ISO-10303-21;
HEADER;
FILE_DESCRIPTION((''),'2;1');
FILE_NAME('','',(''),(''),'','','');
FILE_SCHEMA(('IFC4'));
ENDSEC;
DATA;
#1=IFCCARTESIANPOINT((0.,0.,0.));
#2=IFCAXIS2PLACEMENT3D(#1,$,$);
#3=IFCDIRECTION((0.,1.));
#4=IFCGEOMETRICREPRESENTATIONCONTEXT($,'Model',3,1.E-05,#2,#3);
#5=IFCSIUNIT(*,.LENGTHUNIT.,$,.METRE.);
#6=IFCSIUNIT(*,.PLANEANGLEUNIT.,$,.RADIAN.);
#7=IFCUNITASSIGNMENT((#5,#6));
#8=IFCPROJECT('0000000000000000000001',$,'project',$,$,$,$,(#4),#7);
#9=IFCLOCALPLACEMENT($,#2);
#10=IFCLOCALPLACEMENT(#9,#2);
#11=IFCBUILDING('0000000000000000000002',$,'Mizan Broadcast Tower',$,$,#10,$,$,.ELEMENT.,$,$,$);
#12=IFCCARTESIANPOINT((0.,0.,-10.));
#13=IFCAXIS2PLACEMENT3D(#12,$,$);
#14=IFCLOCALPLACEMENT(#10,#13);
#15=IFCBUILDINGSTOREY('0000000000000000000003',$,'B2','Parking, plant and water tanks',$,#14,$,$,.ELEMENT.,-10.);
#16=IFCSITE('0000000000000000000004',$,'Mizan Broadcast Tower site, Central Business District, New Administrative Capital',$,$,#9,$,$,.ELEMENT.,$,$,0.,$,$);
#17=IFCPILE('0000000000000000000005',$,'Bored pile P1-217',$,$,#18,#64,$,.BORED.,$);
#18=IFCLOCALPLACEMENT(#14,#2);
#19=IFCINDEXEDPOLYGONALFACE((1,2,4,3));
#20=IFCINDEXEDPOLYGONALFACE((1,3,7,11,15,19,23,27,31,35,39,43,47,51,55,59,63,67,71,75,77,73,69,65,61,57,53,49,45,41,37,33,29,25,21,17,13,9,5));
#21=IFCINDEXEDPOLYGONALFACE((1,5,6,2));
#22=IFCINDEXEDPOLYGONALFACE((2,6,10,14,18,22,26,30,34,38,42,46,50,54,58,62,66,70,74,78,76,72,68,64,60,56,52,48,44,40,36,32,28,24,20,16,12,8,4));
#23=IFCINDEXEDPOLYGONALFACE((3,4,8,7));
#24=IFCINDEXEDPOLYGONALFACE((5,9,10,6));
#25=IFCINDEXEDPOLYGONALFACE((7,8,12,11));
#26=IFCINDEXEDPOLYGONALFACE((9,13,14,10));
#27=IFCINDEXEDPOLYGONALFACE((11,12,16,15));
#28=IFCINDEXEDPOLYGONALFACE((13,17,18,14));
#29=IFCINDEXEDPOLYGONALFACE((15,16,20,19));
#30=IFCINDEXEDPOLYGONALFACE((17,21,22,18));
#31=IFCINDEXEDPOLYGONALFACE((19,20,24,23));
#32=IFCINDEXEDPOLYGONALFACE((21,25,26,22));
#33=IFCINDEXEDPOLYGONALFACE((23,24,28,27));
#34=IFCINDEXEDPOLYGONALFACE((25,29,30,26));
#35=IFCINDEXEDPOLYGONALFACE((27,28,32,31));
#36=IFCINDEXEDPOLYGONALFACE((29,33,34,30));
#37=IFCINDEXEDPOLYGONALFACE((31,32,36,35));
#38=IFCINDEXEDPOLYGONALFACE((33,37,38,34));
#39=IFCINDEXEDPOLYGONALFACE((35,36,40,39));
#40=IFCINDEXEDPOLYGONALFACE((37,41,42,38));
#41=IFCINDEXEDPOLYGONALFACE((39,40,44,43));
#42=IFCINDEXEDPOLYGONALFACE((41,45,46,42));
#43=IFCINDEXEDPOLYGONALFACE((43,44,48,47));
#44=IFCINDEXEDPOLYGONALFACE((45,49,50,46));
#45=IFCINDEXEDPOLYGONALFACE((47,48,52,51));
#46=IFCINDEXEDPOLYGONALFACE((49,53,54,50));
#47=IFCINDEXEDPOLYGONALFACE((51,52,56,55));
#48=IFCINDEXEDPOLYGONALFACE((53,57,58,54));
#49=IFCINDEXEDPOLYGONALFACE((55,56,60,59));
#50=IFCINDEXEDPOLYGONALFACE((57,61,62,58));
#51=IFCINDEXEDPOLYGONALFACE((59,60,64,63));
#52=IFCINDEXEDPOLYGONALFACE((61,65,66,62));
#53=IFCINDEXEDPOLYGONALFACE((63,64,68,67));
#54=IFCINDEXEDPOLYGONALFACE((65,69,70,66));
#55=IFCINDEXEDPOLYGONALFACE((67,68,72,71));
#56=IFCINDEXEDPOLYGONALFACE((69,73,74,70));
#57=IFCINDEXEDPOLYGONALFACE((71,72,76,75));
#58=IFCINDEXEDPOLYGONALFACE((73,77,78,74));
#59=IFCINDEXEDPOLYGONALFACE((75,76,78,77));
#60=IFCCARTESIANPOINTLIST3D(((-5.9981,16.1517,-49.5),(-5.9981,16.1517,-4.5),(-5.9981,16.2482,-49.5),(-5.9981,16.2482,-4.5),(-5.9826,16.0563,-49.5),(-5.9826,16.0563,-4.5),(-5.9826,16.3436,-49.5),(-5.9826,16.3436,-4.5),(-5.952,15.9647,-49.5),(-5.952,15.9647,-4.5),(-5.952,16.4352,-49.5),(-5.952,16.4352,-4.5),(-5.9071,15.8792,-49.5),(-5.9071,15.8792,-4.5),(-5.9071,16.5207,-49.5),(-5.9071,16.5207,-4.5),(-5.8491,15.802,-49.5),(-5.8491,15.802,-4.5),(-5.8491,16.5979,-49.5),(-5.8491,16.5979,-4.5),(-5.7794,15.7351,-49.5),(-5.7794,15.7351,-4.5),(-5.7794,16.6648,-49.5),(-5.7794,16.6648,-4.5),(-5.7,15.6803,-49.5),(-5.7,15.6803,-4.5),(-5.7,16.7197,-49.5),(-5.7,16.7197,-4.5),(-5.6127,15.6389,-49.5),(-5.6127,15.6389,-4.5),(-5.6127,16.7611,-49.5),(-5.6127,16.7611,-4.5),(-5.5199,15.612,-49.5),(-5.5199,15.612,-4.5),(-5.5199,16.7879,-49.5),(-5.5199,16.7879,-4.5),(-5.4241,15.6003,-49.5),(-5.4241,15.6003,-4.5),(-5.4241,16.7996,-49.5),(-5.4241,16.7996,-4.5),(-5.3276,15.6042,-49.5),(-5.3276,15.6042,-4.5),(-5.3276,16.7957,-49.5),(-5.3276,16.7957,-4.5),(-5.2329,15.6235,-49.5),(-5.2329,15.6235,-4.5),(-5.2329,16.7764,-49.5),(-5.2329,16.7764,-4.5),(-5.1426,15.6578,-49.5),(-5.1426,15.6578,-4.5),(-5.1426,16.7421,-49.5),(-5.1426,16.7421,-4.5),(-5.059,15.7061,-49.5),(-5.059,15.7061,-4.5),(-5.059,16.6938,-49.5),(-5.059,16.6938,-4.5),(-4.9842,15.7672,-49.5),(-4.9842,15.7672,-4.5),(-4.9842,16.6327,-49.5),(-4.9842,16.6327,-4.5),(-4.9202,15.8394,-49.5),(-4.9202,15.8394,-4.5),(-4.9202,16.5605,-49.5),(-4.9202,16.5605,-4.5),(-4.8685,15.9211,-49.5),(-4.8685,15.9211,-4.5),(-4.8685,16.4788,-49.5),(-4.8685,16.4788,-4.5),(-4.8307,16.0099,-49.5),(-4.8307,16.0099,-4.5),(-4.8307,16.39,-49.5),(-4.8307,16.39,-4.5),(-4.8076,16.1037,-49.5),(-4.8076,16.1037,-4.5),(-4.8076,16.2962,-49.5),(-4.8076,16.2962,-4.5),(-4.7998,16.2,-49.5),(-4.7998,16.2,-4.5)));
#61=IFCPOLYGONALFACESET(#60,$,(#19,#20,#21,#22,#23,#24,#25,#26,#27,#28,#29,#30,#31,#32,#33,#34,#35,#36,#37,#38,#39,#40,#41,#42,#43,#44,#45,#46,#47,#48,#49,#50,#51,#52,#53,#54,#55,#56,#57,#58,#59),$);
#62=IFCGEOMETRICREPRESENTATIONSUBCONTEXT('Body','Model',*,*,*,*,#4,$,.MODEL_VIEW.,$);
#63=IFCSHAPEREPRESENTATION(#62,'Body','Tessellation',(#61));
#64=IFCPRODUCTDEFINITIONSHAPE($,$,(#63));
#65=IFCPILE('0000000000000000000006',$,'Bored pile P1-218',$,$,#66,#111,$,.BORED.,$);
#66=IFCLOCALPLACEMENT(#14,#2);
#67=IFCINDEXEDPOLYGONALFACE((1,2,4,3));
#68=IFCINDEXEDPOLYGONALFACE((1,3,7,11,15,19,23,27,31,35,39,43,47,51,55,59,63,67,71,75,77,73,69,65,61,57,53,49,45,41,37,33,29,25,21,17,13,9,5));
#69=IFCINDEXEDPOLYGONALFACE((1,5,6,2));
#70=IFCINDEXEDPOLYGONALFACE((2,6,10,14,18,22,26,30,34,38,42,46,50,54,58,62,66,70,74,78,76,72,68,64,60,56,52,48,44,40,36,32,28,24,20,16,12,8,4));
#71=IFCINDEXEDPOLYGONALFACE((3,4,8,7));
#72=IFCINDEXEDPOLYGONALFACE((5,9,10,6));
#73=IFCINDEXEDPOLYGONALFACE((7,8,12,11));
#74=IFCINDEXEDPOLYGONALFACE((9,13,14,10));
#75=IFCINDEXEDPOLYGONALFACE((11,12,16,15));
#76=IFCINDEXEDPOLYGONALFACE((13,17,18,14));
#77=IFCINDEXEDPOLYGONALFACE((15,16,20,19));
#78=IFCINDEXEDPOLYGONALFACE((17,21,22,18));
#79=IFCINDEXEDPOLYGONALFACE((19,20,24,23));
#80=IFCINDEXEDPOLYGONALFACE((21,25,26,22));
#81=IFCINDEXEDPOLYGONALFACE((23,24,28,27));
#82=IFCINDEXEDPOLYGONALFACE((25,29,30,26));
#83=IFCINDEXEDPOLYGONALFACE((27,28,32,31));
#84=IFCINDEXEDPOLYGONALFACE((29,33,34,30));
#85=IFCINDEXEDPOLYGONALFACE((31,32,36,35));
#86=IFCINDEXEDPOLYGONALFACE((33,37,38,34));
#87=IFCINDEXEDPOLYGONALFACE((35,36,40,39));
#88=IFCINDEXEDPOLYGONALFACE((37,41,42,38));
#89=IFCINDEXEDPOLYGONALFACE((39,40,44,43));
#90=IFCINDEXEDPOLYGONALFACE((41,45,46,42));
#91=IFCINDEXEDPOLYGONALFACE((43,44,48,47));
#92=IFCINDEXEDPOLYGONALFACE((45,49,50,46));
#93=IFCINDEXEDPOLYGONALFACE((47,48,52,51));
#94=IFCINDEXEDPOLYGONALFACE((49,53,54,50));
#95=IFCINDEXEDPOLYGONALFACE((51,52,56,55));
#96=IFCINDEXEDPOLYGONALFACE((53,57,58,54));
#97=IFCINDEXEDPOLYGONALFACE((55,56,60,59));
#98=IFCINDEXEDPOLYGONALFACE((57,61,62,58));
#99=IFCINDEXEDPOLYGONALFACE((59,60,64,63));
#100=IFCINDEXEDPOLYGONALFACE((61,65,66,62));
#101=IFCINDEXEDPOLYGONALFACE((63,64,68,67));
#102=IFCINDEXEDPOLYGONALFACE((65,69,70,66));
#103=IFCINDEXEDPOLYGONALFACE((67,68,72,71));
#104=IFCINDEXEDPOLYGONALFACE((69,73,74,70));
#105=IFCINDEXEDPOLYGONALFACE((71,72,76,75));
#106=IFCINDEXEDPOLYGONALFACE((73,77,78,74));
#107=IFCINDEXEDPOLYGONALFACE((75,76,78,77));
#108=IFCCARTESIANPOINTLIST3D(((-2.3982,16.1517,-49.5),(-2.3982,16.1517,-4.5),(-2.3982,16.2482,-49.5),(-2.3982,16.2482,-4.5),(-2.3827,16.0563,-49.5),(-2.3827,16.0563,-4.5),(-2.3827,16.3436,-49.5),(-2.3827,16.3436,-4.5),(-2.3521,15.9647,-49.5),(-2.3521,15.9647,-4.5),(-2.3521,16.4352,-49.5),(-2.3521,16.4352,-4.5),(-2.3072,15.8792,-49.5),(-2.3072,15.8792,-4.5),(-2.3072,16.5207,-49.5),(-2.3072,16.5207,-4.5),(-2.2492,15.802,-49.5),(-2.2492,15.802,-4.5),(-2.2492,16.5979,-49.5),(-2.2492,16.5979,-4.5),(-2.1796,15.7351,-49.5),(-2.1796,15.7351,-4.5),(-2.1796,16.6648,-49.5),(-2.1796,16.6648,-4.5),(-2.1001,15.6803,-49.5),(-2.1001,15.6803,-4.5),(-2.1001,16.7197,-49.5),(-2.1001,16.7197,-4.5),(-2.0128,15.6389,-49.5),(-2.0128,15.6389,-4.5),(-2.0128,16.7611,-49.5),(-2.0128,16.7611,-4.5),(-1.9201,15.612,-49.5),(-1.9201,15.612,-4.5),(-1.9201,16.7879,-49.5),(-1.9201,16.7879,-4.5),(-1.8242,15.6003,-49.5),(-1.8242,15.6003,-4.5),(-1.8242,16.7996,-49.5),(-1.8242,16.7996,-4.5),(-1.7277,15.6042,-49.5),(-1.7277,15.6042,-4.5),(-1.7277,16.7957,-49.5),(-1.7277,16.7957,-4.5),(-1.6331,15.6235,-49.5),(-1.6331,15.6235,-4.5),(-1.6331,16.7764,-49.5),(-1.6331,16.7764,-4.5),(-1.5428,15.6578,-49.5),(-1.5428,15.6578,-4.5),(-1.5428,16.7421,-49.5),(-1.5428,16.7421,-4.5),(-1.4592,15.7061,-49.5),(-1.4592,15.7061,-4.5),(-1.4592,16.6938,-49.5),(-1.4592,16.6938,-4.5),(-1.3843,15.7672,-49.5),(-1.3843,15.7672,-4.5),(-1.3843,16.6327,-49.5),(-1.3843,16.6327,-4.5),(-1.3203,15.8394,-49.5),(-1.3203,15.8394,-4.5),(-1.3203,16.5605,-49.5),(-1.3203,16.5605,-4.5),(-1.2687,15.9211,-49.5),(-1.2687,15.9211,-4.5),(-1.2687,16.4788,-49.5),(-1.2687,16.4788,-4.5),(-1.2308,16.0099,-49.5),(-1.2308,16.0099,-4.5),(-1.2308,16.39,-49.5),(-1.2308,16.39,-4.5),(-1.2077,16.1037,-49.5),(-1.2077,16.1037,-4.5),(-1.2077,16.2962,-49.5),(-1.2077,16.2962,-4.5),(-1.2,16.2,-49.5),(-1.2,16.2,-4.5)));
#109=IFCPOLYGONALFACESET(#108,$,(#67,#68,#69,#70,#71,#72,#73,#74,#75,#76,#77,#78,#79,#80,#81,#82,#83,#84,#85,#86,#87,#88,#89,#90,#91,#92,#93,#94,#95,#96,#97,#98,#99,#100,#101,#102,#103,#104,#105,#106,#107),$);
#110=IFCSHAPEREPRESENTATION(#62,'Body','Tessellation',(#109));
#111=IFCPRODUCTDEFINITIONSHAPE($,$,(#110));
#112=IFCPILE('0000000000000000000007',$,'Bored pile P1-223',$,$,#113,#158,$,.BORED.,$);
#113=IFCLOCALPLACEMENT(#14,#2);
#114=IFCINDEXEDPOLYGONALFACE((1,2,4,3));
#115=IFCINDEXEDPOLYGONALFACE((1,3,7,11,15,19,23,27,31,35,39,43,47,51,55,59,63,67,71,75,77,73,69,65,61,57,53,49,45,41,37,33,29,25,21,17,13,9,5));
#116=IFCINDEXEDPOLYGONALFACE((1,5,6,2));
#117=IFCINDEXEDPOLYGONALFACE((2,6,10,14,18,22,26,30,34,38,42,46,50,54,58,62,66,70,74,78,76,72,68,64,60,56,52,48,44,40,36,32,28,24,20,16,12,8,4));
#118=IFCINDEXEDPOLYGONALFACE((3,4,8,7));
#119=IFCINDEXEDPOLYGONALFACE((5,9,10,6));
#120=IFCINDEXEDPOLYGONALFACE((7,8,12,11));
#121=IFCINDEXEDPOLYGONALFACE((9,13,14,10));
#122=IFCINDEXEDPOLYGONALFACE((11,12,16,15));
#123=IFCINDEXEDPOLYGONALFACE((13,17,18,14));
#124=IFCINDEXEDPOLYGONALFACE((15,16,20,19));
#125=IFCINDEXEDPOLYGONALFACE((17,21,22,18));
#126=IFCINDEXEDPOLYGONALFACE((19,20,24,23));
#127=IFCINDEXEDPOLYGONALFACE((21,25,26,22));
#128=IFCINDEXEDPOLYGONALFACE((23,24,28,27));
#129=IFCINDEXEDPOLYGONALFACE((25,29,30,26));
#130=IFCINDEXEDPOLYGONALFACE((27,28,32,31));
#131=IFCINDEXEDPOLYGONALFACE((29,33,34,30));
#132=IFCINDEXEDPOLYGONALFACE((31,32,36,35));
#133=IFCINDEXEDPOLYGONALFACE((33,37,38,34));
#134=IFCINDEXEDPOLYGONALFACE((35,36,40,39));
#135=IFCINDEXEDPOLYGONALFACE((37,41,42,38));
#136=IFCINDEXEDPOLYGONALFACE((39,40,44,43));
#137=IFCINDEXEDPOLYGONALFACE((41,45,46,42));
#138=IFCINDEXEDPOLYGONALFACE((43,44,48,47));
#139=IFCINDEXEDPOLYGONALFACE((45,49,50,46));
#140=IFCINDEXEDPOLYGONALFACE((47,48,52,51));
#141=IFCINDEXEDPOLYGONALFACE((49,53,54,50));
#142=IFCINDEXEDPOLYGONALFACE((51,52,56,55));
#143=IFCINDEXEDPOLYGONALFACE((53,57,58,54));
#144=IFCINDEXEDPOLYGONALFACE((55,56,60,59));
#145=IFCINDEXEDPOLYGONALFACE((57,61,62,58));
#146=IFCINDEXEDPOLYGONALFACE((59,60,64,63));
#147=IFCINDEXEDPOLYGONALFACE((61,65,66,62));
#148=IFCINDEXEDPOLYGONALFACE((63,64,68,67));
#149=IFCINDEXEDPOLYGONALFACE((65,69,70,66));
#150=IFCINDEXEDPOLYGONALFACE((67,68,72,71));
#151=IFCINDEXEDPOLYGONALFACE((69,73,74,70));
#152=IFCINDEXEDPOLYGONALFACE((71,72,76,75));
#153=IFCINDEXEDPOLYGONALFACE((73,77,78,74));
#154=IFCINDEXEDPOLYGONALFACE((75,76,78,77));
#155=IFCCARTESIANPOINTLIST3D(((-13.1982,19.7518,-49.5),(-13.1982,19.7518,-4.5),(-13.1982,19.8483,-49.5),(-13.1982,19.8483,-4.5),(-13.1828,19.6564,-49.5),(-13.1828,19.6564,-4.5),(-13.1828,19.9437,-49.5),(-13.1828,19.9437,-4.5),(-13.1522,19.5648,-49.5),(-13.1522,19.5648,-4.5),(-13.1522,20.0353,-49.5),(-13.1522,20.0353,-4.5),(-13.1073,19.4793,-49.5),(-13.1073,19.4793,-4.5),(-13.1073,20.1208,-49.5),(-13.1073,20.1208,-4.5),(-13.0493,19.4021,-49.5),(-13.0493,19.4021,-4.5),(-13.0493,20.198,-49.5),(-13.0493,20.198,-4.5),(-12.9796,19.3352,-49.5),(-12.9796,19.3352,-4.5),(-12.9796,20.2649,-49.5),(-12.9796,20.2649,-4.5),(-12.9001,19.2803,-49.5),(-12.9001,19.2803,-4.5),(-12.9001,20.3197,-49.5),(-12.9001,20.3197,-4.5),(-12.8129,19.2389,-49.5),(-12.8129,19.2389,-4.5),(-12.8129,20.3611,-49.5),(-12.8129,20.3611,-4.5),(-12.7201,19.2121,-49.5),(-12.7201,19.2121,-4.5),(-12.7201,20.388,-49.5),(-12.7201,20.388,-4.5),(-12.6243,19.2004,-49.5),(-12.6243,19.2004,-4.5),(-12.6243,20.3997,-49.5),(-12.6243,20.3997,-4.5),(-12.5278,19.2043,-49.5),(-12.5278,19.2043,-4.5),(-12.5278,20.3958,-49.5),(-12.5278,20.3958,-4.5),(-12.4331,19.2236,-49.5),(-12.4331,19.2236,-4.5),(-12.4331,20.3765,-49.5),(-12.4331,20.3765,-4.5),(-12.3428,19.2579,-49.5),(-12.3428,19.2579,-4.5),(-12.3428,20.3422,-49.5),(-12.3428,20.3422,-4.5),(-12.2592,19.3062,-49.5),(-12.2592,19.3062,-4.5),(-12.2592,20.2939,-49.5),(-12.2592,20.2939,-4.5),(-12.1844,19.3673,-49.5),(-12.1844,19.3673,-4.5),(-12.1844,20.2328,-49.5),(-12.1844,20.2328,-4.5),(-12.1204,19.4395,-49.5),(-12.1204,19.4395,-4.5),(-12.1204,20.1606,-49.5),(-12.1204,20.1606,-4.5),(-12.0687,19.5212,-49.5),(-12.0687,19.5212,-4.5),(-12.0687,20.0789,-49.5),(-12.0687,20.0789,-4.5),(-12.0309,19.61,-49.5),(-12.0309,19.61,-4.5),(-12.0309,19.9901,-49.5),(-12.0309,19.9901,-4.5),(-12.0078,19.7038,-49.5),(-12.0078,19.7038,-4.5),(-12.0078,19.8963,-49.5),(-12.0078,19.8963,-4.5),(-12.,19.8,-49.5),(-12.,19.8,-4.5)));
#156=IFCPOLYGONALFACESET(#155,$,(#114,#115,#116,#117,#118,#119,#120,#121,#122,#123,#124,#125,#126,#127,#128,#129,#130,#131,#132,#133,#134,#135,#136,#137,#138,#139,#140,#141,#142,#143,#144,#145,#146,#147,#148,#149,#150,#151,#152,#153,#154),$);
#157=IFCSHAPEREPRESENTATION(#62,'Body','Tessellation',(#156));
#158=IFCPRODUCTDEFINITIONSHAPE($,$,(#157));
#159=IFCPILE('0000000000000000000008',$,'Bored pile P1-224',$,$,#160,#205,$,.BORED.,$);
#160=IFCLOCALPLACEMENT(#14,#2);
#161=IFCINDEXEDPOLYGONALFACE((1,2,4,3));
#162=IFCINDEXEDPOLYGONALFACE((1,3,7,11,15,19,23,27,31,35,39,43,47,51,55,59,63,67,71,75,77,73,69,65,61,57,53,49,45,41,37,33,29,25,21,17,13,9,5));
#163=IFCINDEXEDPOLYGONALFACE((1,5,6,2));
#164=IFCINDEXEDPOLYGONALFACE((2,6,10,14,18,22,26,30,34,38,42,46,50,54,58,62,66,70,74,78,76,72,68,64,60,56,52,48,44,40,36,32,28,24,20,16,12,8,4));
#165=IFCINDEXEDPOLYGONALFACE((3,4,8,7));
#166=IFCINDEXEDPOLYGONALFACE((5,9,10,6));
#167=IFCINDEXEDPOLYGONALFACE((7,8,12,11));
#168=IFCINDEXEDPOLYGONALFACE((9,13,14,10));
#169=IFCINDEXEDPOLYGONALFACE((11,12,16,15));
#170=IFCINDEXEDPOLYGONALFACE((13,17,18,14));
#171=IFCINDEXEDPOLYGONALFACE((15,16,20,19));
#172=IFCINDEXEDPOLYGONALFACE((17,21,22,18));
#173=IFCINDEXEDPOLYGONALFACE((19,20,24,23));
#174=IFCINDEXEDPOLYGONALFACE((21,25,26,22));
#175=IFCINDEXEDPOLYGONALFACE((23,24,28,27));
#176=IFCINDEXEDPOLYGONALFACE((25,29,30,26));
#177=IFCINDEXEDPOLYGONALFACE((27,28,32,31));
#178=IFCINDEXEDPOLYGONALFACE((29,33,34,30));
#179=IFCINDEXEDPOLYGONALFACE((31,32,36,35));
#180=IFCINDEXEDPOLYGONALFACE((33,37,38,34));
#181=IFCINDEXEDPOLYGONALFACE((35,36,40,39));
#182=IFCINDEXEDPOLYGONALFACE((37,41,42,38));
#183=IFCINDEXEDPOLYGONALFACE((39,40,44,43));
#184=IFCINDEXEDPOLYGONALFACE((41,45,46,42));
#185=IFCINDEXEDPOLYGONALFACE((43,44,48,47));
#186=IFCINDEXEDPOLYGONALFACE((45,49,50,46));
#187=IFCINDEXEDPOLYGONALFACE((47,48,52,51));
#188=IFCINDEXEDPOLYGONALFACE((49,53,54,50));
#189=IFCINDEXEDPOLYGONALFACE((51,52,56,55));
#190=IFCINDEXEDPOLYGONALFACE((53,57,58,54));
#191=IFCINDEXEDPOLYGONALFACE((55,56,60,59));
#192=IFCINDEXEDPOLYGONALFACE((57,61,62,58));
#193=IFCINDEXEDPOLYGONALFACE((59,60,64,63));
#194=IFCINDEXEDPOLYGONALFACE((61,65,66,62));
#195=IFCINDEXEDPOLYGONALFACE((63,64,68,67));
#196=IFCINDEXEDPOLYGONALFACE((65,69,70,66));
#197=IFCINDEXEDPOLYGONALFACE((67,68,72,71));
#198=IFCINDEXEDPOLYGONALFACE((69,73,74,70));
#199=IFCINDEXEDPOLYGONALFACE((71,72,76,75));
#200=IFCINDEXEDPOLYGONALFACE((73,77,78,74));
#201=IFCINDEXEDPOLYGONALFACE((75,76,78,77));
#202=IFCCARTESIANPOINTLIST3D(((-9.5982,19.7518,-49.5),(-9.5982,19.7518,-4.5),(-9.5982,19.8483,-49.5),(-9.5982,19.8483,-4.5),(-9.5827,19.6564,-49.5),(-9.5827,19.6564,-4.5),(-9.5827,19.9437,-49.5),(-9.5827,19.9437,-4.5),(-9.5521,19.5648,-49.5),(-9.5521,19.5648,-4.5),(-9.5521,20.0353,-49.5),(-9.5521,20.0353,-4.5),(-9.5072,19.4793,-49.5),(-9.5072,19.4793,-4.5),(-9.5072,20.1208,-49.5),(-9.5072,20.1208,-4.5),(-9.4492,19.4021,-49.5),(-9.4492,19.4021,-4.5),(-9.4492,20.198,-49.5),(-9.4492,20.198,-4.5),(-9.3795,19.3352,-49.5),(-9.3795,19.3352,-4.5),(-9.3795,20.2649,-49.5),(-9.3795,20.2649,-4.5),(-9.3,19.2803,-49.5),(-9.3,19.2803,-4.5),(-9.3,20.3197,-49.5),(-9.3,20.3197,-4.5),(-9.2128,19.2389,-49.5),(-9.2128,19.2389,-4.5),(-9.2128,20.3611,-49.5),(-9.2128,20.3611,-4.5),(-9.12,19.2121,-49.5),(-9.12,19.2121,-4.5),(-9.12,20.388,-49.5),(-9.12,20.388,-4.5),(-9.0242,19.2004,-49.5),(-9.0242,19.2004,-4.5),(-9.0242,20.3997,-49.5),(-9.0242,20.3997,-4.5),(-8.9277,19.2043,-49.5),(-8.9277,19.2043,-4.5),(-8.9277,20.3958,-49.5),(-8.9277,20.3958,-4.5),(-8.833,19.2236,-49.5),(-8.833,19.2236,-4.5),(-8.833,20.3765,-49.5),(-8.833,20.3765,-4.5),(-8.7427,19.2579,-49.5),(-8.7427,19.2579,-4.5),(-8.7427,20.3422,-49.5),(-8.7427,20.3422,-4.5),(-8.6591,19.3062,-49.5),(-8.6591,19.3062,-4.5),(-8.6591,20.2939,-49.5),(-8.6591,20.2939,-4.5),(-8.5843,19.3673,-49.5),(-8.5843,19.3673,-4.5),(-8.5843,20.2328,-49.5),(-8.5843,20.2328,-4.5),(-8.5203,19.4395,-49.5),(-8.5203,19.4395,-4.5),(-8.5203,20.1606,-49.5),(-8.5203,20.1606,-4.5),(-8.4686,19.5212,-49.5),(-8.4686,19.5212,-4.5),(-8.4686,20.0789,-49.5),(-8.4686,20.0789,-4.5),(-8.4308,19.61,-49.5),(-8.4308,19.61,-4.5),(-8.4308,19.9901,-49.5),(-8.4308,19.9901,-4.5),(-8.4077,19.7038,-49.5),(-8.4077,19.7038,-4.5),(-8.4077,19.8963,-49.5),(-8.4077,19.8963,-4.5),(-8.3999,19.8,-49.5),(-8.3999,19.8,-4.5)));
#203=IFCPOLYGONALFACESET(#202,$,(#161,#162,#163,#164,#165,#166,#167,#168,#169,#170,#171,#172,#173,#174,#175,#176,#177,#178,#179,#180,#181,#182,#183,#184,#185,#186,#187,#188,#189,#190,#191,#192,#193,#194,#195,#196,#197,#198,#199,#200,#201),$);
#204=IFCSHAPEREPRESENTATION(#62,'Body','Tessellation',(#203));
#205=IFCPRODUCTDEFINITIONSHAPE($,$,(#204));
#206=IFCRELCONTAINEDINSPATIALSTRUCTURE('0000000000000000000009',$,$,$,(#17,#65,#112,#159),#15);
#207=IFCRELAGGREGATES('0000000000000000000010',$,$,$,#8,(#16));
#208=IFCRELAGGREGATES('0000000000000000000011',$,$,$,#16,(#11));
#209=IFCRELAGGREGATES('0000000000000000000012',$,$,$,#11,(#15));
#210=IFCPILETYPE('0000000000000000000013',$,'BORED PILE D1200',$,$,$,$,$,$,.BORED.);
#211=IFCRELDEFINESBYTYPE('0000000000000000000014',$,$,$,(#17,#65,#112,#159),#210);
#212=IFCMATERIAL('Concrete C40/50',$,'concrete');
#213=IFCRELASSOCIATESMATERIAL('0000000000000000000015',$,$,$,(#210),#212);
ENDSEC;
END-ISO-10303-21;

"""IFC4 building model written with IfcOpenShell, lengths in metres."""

from ifc_helpers import new_model, si_unit, direction, frame, origin, origin_2d, place, context, subcontext, project, spatial, circle, extrude, material, material_profile, profile_set, type_object, element, save


model = new_model("IFC4")

# Units and contexts
model_context = context("Model", 3, precision=1e-05, world=origin(), true_north=direction((0.0, 1.0)))
body_context = subcontext(model_context, "Body", "Model", "MODEL_VIEW")
ifc_project = project(units=[si_unit("LENGTHUNIT", "METRE"), si_unit("PLANEANGLEUNIT", "RADIAN")], contexts=[model_context])

# Site, building, storey
site_placement = place(None, origin())
site = spatial("IfcSite", under=ifc_project, at=site_placement, Name="Mizan Broadcast Tower site, Central Business District, New Administrative Capital", CompositionType="ELEMENT", RefElevation=0.0)
building_placement = place(site_placement, origin())
building = spatial("IfcBuilding", under=site, at=building_placement, Name="Mizan Broadcast Tower", CompositionType="ELEMENT")
storey_placement = place(building_placement, frame((0.0, 0.0, -10.0)))
storey = spatial("IfcBuildingStorey", under=building, at=storey_placement, Name="B2", Description="Parking, plant and water tanks", CompositionType="ELEMENT", Elevation=-10.0)

# Piles
ifc_material_1 = material(Name="Concrete C40/50", Category="concrete")
ifc_material_profile_1 = material_profile(ifc_material_1, circle(Radius=0.6001, at=origin_2d()), Name="D1200")
ifc_profile_set_1 = profile_set([ifc_material_profile_1], Name="Concrete C40/50")
pile_type_1 = type_object("IfcPileType", Name="BORED PILE D1200", PredefinedType="BORED", material=ifc_profile_set_1)
for number, where, z_axis, x_axis, name in (
    (1, (-5.3999, 16.2, -4.5), (0.0, 0.0, -1.0), (1.0, 0.0, 0.0), "Bored pile P1-217"),
    (2, (-1.8, 16.2, -4.5), (0.0, 0.0, -1.0), (1.0, 0.0, 0.0), "Bored pile P1-218"),
    (3, (-12.6001, 19.8, -4.5), (0.0, 0.0, -1.0), (1.0, 0.0, 0.0), "Bored pile P1-223"),
    (4, (-9.0, 19.8, -4.5), (0.0, 0.0, -1.0), (1.0, 0.0, 0.0), "Bored pile P1-224"),
):
    element("IfcPile", number, at=place(storey_placement, frame(where, z_axis=z_axis, x_axis=x_axis)), inside=storey, type_object=pile_type_1, Name=name, PredefinedType="BORED", context=body_context, shape_type="SweptSolid", body=[
        extrude(circle(Radius=0.6001, at=origin_2d()), origin(), (0.0, 0.0, 1.0), 45.0),
    ])

save(model, "model.ifc")
